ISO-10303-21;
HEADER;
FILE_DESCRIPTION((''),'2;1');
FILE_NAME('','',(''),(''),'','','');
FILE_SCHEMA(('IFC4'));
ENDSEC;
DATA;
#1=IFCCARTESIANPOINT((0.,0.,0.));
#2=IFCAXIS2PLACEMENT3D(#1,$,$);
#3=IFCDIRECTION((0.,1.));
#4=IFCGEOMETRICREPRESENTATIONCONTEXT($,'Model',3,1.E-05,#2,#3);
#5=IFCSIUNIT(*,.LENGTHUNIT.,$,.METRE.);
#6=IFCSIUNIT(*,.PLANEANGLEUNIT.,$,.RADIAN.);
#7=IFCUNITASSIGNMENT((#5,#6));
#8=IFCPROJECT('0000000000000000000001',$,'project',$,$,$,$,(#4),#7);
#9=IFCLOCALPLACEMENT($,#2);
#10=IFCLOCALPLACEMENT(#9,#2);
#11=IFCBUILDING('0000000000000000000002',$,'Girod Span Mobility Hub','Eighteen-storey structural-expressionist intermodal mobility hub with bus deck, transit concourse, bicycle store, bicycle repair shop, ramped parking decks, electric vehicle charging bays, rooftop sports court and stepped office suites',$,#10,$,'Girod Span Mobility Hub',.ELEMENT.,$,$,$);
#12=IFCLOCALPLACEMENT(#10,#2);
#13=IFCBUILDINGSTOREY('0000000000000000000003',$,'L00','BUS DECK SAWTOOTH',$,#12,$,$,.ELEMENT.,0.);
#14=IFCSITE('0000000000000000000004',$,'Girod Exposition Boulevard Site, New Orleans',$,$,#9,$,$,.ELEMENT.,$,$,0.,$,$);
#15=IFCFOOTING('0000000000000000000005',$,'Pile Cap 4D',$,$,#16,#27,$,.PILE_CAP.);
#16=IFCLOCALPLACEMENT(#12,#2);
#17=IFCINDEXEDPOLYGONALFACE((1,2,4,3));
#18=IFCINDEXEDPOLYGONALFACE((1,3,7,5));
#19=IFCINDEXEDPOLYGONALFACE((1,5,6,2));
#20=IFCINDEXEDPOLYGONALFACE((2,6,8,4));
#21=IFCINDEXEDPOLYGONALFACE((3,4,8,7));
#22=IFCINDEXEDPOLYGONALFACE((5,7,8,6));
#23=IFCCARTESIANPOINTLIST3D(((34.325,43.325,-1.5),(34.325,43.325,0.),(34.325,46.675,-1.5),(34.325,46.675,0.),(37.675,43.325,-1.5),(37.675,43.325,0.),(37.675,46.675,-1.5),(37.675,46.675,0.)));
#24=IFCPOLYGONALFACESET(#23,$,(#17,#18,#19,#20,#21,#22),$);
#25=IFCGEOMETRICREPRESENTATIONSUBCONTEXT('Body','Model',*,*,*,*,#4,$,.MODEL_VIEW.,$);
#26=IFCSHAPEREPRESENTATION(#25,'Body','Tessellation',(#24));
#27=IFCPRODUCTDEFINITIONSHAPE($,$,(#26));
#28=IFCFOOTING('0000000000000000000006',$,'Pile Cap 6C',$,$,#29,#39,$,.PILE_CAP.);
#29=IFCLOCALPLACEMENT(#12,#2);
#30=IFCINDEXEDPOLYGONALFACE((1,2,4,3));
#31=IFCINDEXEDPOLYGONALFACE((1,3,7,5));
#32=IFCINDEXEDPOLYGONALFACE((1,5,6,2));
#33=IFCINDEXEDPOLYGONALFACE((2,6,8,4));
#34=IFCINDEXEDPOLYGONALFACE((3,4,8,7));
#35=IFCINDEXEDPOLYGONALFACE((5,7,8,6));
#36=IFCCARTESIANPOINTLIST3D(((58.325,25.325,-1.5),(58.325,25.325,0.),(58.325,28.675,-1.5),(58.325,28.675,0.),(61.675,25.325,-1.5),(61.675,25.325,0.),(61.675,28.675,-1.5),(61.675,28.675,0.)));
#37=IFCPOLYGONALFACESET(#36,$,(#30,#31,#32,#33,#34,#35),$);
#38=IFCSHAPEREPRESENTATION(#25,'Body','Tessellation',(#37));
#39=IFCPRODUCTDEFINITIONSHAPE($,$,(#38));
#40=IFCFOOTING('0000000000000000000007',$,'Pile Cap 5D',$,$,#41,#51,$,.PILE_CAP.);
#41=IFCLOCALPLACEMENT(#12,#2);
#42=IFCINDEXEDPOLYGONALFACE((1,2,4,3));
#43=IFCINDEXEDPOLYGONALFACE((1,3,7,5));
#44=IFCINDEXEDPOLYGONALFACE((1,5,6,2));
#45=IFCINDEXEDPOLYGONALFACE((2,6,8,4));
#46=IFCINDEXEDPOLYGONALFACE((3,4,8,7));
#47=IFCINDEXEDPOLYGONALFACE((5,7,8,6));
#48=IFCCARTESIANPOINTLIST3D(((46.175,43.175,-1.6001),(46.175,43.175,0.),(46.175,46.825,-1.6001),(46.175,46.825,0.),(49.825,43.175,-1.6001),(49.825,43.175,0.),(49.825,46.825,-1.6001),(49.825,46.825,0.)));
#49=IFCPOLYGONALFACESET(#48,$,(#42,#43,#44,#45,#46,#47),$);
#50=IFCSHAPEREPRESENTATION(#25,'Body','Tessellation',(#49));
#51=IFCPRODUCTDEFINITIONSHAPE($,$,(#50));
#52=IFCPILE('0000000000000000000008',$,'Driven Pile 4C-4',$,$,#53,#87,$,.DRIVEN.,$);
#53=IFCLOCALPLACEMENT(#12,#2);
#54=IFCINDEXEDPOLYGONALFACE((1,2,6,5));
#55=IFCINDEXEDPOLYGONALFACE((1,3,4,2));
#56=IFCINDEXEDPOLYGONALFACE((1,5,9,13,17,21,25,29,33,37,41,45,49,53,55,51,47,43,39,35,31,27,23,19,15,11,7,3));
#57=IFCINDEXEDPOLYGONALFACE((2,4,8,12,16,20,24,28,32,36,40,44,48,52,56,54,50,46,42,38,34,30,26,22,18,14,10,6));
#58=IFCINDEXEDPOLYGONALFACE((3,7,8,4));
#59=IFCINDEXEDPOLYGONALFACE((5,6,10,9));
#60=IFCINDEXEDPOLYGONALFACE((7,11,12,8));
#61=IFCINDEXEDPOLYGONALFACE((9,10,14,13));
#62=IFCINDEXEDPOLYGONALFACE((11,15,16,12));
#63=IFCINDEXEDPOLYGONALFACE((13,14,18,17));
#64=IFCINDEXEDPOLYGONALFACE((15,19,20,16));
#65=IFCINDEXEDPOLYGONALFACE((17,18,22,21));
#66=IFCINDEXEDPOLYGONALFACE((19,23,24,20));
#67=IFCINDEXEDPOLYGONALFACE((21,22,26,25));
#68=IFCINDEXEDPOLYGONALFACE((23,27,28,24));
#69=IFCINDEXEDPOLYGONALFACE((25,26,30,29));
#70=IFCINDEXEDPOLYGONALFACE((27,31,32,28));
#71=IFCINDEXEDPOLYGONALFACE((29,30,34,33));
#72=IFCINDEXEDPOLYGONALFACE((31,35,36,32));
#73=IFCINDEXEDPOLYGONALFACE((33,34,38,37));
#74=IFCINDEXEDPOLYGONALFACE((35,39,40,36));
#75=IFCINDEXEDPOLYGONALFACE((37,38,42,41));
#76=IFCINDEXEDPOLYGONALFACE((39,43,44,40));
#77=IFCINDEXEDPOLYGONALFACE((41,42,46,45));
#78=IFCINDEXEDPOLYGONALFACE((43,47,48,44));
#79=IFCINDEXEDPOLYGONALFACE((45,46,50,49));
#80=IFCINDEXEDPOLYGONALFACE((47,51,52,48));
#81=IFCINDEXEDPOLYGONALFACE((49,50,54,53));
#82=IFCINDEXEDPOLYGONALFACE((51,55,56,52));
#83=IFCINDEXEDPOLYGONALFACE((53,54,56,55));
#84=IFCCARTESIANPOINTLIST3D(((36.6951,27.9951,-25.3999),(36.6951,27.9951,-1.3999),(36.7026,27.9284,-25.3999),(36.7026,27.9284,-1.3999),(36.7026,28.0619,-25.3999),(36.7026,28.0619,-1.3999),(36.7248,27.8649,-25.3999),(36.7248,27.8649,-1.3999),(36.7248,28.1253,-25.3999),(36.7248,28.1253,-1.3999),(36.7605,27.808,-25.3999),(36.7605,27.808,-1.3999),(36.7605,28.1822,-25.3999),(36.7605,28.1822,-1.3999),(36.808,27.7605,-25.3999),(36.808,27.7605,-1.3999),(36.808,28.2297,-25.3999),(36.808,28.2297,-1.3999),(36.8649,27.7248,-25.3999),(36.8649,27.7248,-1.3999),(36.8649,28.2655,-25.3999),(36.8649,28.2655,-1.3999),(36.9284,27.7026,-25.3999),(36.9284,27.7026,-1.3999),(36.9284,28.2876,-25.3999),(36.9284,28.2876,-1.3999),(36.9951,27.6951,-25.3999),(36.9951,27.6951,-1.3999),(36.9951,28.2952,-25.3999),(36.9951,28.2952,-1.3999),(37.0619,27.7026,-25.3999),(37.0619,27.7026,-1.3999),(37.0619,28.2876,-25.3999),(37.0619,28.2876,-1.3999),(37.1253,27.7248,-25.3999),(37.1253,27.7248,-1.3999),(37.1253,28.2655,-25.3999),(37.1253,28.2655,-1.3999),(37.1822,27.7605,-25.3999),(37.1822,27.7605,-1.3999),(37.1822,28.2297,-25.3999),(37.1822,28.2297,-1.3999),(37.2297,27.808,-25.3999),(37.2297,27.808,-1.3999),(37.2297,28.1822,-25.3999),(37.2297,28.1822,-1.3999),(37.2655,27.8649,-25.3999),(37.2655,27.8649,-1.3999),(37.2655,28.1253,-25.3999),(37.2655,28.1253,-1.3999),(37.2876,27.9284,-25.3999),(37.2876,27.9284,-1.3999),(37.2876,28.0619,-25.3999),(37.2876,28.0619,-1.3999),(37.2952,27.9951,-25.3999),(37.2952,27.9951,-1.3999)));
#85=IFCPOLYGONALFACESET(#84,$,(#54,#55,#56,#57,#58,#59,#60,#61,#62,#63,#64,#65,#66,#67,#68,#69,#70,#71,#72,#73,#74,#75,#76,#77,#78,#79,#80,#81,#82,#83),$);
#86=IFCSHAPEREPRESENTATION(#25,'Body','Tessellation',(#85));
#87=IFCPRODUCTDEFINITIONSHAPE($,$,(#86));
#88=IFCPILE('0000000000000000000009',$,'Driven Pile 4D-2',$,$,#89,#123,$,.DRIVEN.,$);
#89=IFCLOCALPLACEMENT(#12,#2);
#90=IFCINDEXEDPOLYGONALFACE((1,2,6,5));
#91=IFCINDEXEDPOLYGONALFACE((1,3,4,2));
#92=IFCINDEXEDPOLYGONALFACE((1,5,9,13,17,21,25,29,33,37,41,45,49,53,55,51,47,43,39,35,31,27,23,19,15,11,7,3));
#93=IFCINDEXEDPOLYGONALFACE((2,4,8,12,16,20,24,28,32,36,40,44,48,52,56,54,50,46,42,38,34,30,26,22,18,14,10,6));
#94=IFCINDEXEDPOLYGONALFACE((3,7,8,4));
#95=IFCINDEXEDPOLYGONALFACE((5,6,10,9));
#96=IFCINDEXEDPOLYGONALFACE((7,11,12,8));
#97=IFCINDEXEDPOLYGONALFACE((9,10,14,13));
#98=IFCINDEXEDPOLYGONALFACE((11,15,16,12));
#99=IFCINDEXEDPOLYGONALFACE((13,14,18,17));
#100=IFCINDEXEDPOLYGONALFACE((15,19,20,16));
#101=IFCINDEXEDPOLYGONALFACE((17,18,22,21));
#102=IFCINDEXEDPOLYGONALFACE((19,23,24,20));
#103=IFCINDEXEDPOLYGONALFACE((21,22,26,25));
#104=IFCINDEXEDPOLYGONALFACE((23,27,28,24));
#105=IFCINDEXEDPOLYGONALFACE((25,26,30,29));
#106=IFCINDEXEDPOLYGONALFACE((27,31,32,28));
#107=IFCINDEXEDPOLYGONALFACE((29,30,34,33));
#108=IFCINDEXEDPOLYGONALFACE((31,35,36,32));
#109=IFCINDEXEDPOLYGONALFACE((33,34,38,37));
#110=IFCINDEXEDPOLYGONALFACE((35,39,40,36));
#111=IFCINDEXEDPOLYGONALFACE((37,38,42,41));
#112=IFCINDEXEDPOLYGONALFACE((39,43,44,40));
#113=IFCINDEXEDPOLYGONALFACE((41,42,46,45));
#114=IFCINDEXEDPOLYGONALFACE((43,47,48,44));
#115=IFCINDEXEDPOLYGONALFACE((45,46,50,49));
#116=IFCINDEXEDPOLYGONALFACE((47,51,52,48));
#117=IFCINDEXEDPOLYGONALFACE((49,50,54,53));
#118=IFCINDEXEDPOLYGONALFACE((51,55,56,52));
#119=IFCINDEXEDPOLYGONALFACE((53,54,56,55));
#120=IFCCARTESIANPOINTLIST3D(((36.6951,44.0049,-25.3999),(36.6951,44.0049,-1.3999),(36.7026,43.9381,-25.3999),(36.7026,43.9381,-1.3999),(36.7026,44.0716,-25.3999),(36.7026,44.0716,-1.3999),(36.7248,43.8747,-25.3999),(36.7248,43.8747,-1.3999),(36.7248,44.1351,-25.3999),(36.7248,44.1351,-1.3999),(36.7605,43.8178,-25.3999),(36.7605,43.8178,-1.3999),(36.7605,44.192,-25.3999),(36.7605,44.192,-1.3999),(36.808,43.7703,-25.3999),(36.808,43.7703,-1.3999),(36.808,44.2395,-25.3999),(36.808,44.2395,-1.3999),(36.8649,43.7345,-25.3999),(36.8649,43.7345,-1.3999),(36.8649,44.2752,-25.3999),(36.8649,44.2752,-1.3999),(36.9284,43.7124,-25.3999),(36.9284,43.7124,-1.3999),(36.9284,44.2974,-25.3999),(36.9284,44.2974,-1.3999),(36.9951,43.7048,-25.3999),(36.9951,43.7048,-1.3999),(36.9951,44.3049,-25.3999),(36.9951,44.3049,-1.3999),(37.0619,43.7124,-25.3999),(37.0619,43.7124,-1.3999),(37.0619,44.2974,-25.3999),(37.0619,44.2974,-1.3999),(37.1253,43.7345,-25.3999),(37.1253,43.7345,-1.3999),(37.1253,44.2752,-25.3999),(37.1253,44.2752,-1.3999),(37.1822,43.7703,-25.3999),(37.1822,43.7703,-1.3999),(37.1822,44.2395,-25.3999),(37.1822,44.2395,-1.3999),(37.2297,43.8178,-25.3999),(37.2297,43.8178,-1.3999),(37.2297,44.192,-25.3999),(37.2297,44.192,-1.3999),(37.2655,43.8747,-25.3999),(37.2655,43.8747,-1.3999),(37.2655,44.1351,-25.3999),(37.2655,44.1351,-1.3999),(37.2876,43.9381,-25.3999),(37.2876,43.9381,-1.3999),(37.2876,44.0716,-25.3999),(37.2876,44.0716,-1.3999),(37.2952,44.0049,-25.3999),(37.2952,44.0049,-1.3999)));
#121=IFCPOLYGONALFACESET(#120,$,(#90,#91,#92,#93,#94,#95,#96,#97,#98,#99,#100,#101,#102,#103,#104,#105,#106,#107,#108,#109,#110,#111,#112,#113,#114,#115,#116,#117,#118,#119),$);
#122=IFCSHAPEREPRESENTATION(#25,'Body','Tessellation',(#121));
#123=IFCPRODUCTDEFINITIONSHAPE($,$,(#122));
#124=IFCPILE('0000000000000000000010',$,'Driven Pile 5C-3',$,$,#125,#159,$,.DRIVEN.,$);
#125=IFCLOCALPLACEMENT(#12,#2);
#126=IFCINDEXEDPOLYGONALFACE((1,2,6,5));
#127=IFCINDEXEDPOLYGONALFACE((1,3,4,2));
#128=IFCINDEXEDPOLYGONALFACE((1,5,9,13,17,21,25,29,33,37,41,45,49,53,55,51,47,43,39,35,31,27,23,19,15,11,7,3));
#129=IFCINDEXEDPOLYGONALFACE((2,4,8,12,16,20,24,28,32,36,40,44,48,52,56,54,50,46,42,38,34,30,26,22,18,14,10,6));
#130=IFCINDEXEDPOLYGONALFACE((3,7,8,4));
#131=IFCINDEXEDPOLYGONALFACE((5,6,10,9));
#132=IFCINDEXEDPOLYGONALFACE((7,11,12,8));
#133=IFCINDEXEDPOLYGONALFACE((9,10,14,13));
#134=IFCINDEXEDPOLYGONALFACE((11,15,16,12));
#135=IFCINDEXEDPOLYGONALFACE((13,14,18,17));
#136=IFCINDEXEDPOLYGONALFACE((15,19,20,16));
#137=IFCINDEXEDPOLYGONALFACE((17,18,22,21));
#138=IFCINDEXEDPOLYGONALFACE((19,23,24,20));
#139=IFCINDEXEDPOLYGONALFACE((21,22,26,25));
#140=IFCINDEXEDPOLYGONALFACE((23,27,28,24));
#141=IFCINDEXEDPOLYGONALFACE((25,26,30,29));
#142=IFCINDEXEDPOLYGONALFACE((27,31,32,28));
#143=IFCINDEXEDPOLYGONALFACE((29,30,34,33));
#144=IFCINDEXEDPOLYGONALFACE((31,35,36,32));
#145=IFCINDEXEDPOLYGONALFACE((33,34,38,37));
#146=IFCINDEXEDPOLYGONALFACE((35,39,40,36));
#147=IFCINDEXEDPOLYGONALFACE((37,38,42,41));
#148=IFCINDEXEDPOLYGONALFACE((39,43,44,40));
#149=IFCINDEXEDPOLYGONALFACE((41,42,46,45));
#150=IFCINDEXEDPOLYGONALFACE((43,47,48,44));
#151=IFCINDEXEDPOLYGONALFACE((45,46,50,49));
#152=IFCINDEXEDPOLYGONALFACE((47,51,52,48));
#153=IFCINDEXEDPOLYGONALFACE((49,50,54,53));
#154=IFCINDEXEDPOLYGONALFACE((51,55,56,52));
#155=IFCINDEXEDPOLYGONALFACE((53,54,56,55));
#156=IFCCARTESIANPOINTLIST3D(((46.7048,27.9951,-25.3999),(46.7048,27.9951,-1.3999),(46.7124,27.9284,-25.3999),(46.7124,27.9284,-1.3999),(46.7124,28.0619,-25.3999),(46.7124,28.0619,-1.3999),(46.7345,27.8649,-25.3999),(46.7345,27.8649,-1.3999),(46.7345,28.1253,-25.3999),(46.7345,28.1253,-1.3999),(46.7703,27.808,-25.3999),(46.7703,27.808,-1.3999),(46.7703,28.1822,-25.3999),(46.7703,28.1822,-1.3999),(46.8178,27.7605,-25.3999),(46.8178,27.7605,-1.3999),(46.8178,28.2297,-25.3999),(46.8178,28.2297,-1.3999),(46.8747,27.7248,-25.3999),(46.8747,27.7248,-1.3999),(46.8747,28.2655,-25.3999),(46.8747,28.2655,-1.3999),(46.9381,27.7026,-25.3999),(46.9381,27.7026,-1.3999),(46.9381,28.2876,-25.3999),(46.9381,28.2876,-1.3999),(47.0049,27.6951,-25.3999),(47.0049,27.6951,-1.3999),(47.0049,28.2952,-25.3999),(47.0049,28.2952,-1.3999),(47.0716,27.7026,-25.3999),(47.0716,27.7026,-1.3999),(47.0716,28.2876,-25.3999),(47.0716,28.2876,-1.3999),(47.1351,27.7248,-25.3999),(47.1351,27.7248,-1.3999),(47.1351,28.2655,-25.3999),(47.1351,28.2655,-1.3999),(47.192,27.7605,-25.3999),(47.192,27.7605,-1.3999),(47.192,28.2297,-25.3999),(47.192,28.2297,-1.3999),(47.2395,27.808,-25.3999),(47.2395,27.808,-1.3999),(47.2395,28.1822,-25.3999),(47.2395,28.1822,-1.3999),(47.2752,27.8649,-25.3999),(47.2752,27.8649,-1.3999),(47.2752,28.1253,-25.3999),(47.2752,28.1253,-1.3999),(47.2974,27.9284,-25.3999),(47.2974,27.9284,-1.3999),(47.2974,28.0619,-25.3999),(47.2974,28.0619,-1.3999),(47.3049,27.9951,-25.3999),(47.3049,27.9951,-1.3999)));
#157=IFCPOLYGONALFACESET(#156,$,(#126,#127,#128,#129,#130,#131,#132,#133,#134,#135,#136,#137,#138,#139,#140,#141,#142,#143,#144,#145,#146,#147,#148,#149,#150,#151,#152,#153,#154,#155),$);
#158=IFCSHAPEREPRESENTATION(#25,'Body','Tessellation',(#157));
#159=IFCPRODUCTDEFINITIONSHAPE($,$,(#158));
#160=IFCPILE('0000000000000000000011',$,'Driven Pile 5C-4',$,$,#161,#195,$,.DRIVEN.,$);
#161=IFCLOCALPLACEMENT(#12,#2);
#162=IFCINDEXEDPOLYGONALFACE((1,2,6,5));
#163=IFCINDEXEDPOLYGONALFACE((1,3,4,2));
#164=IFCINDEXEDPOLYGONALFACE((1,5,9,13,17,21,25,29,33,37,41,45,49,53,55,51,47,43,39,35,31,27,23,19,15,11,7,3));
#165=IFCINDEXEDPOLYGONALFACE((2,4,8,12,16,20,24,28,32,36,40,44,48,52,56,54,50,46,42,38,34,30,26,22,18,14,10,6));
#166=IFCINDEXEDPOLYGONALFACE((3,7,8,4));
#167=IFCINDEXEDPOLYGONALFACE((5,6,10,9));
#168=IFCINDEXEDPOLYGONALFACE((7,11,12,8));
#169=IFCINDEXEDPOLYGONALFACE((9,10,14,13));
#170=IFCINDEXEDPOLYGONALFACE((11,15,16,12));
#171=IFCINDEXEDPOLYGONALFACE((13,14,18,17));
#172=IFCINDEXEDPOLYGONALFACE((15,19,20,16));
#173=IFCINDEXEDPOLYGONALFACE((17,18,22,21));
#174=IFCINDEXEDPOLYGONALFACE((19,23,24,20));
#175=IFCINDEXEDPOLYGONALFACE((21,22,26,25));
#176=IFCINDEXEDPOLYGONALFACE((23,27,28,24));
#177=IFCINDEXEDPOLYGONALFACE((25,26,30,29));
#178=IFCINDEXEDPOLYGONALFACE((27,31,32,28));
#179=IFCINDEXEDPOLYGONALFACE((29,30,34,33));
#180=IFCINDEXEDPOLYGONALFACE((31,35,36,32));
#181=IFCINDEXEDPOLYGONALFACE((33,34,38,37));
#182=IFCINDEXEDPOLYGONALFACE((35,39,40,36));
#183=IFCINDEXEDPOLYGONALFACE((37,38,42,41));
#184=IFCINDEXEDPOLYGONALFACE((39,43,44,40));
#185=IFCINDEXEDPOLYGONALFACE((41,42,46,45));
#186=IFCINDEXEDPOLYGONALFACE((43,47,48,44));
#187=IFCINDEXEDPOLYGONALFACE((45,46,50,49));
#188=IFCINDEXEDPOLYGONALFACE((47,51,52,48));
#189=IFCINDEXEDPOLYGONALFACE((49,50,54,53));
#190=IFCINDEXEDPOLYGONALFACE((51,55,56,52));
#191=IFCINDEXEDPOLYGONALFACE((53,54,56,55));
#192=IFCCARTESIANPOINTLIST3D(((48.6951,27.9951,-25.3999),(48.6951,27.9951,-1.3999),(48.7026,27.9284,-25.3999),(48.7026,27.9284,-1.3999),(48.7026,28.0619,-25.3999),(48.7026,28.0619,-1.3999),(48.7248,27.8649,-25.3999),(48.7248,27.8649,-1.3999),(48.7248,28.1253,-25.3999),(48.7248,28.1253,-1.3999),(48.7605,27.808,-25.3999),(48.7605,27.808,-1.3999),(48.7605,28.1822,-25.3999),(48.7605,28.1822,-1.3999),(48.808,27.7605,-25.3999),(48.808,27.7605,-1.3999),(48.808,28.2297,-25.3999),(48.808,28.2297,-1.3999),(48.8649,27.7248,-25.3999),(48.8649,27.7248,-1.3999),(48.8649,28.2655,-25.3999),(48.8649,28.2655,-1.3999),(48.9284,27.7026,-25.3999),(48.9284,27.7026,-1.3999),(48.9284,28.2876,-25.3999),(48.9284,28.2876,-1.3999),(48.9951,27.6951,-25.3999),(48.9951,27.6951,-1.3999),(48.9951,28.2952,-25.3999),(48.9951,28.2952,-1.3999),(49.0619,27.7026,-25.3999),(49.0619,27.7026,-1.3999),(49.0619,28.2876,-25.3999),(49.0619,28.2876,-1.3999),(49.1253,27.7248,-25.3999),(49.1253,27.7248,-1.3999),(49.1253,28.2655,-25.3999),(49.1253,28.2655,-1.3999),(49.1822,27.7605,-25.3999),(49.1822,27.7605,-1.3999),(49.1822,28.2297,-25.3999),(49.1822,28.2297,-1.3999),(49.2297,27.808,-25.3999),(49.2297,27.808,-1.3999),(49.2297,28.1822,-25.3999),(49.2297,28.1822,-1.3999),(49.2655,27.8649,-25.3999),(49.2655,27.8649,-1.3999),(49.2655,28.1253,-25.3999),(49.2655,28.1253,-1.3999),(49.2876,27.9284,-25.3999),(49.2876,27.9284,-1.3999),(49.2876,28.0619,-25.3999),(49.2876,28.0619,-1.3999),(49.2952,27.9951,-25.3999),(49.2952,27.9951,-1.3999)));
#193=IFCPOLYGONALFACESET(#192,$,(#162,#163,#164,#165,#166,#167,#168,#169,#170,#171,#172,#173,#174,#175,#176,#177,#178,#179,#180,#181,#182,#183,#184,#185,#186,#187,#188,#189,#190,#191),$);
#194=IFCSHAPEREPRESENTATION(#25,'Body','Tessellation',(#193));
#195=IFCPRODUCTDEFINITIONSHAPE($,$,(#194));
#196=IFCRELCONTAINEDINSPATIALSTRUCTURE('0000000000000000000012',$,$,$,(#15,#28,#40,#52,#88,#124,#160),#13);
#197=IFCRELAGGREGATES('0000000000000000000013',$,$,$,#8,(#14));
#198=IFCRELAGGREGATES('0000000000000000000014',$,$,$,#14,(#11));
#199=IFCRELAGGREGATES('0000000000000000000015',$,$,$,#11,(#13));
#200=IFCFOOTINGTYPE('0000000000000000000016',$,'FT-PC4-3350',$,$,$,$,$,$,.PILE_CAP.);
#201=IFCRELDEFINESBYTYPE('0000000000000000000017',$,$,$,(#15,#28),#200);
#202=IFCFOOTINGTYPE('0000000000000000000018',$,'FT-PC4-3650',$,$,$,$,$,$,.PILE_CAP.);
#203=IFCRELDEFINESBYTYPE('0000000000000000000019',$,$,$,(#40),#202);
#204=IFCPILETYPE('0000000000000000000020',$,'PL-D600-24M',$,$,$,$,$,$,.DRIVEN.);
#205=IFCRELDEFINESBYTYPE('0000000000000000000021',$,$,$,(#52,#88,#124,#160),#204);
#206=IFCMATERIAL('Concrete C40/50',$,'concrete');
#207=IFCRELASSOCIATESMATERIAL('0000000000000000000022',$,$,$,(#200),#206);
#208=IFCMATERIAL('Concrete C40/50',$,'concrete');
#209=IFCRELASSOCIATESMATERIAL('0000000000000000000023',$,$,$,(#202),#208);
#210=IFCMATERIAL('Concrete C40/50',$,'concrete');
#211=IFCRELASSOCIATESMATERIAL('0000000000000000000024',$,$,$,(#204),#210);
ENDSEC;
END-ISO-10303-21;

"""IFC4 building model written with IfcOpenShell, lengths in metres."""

from ifc_helpers import new_model, si_unit, direction, frame, origin, origin_2d, place, context, subcontext, project, spatial, rectangle, circle, extrude, material, material_profile, profile_set, type_object, element, save


model = new_model("IFC4")

# Units and contexts
model_context = context("Model", 3, precision=1e-05, world=origin(), true_north=direction((0.0, 1.0)))
body_context = subcontext(model_context, "Body", "Model", "MODEL_VIEW")
ifc_project = project(units=[si_unit("LENGTHUNIT", "METRE"), si_unit("PLANEANGLEUNIT", "RADIAN")], contexts=[model_context])

# Site, building, storey
site_placement = place(None, origin())
site = spatial("IfcSite", under=ifc_project, at=site_placement, Name="Girod Exposition Boulevard Site, New Orleans", CompositionType="ELEMENT", RefElevation=0.0)
building_placement = place(site_placement, origin())
building = spatial("IfcBuilding", under=site, at=building_placement, Name="Girod Span Mobility Hub", Description="Eighteen-storey structural-expressionist intermodal mobility hub with bus deck, transit concourse, bicycle store, bicycle repair shop, ramped parking decks, electric vehicle charging bays, rooftop sports court and stepped office suites", LongName="Girod Span Mobility Hub", CompositionType="ELEMENT")
storey_placement = place(building_placement, origin())
storey = spatial("IfcBuildingStorey", under=building, at=storey_placement, Name="L00", Description="BUS DECK SAWTOOTH", CompositionType="ELEMENT", Elevation=0.0)

# Footings
ifc_material_1 = material(Name="Concrete C40/50", Category="concrete")
footing_type_1 = type_object("IfcFootingType", Name="FT-PC4-3350", PredefinedType="PILE_CAP", material=ifc_material_1)
for number, where, z_axis, x_axis, name in (
    (1, (36.0, 45.0, -1.5), (0.0, 0.0, 1.0), (1.0, 0.0, 0.0), "Pile Cap 4D"),
    (2, (60.0, 27.0, -1.5), (0.0, 0.0, 1.0), (1.0, 0.0, 0.0), "Pile Cap 6C"),
):
    element("IfcFooting", number, at=place(storey_placement, frame(where, z_axis=z_axis, x_axis=x_axis)), inside=storey, type_object=footing_type_1, Name=name, PredefinedType="PILE_CAP", context=body_context, shape_type="SweptSolid", body=[
        extrude(rectangle(XDim=3.3501, YDim=3.3501, at=origin_2d()), origin(), (0.0, 0.0, 1.0), 1.5),
    ])
ifc_material_2 = material(Name="Concrete C40/50", Category="concrete")
footing_type_2 = type_object("IfcFootingType", Name="FT-PC4-3650", PredefinedType="PILE_CAP", material=ifc_material_2)
footing_placement = place(storey_placement, frame((48.0, 45.0, -1.6001), z_axis=(0.0, 0.0, 1.0), x_axis=(1.0, 0.0, 0.0)))
element("IfcFooting", 3, at=footing_placement, inside=storey, type_object=footing_type_2, Name="Pile Cap 5D", PredefinedType="PILE_CAP", context=body_context, shape_type="SweptSolid", body=[
    extrude(rectangle(XDim=3.6499, YDim=3.6499, at=origin_2d()), origin(), (0.0, 0.0, 1.0), 1.6001),
])

# Piles
ifc_material_3 = material(Name="Concrete C40/50", Category="concrete")
ifc_material_profile_1 = material_profile(ifc_material_3, circle(Radius=0.3, at=origin_2d()), Name="PILE-D600")
ifc_profile_set_1 = profile_set([ifc_material_profile_1], Name="Concrete C40/50")
pile_type_1 = type_object("IfcPileType", Name="PL-D600-24M", PredefinedType="DRIVEN", material=ifc_profile_set_1)
for number, where, z_axis, x_axis, name in (
    (4, (36.9951, 27.9951, -1.3999), (0.0, 0.0, -1.0), (1.0, 0.0, 0.0), "Driven Pile 4C-4"),
    (5, (36.9951, 44.0049, -1.3999), (0.0, 0.0, -1.0), (1.0, 0.0, 0.0), "Driven Pile 4D-2"),
    (6, (47.0049, 27.9951, -1.3999), (0.0, 0.0, -1.0), (1.0, 0.0, 0.0), "Driven Pile 5C-3"),
    (7, (48.9951, 27.9951, -1.3999), (0.0, 0.0, -1.0), (1.0, 0.0, 0.0), "Driven Pile 5C-4"),
):
    element("IfcPile", number, at=place(storey_placement, frame(where, z_axis=z_axis, x_axis=x_axis)), inside=storey, type_object=pile_type_1, Name=name, PredefinedType="DRIVEN", context=body_context, shape_type="SweptSolid", body=[
        extrude(circle(Radius=0.3, at=origin_2d()), origin(), (0.0, 0.0, 1.0), 24.0),
    ])

save(model, "model.ifc")
